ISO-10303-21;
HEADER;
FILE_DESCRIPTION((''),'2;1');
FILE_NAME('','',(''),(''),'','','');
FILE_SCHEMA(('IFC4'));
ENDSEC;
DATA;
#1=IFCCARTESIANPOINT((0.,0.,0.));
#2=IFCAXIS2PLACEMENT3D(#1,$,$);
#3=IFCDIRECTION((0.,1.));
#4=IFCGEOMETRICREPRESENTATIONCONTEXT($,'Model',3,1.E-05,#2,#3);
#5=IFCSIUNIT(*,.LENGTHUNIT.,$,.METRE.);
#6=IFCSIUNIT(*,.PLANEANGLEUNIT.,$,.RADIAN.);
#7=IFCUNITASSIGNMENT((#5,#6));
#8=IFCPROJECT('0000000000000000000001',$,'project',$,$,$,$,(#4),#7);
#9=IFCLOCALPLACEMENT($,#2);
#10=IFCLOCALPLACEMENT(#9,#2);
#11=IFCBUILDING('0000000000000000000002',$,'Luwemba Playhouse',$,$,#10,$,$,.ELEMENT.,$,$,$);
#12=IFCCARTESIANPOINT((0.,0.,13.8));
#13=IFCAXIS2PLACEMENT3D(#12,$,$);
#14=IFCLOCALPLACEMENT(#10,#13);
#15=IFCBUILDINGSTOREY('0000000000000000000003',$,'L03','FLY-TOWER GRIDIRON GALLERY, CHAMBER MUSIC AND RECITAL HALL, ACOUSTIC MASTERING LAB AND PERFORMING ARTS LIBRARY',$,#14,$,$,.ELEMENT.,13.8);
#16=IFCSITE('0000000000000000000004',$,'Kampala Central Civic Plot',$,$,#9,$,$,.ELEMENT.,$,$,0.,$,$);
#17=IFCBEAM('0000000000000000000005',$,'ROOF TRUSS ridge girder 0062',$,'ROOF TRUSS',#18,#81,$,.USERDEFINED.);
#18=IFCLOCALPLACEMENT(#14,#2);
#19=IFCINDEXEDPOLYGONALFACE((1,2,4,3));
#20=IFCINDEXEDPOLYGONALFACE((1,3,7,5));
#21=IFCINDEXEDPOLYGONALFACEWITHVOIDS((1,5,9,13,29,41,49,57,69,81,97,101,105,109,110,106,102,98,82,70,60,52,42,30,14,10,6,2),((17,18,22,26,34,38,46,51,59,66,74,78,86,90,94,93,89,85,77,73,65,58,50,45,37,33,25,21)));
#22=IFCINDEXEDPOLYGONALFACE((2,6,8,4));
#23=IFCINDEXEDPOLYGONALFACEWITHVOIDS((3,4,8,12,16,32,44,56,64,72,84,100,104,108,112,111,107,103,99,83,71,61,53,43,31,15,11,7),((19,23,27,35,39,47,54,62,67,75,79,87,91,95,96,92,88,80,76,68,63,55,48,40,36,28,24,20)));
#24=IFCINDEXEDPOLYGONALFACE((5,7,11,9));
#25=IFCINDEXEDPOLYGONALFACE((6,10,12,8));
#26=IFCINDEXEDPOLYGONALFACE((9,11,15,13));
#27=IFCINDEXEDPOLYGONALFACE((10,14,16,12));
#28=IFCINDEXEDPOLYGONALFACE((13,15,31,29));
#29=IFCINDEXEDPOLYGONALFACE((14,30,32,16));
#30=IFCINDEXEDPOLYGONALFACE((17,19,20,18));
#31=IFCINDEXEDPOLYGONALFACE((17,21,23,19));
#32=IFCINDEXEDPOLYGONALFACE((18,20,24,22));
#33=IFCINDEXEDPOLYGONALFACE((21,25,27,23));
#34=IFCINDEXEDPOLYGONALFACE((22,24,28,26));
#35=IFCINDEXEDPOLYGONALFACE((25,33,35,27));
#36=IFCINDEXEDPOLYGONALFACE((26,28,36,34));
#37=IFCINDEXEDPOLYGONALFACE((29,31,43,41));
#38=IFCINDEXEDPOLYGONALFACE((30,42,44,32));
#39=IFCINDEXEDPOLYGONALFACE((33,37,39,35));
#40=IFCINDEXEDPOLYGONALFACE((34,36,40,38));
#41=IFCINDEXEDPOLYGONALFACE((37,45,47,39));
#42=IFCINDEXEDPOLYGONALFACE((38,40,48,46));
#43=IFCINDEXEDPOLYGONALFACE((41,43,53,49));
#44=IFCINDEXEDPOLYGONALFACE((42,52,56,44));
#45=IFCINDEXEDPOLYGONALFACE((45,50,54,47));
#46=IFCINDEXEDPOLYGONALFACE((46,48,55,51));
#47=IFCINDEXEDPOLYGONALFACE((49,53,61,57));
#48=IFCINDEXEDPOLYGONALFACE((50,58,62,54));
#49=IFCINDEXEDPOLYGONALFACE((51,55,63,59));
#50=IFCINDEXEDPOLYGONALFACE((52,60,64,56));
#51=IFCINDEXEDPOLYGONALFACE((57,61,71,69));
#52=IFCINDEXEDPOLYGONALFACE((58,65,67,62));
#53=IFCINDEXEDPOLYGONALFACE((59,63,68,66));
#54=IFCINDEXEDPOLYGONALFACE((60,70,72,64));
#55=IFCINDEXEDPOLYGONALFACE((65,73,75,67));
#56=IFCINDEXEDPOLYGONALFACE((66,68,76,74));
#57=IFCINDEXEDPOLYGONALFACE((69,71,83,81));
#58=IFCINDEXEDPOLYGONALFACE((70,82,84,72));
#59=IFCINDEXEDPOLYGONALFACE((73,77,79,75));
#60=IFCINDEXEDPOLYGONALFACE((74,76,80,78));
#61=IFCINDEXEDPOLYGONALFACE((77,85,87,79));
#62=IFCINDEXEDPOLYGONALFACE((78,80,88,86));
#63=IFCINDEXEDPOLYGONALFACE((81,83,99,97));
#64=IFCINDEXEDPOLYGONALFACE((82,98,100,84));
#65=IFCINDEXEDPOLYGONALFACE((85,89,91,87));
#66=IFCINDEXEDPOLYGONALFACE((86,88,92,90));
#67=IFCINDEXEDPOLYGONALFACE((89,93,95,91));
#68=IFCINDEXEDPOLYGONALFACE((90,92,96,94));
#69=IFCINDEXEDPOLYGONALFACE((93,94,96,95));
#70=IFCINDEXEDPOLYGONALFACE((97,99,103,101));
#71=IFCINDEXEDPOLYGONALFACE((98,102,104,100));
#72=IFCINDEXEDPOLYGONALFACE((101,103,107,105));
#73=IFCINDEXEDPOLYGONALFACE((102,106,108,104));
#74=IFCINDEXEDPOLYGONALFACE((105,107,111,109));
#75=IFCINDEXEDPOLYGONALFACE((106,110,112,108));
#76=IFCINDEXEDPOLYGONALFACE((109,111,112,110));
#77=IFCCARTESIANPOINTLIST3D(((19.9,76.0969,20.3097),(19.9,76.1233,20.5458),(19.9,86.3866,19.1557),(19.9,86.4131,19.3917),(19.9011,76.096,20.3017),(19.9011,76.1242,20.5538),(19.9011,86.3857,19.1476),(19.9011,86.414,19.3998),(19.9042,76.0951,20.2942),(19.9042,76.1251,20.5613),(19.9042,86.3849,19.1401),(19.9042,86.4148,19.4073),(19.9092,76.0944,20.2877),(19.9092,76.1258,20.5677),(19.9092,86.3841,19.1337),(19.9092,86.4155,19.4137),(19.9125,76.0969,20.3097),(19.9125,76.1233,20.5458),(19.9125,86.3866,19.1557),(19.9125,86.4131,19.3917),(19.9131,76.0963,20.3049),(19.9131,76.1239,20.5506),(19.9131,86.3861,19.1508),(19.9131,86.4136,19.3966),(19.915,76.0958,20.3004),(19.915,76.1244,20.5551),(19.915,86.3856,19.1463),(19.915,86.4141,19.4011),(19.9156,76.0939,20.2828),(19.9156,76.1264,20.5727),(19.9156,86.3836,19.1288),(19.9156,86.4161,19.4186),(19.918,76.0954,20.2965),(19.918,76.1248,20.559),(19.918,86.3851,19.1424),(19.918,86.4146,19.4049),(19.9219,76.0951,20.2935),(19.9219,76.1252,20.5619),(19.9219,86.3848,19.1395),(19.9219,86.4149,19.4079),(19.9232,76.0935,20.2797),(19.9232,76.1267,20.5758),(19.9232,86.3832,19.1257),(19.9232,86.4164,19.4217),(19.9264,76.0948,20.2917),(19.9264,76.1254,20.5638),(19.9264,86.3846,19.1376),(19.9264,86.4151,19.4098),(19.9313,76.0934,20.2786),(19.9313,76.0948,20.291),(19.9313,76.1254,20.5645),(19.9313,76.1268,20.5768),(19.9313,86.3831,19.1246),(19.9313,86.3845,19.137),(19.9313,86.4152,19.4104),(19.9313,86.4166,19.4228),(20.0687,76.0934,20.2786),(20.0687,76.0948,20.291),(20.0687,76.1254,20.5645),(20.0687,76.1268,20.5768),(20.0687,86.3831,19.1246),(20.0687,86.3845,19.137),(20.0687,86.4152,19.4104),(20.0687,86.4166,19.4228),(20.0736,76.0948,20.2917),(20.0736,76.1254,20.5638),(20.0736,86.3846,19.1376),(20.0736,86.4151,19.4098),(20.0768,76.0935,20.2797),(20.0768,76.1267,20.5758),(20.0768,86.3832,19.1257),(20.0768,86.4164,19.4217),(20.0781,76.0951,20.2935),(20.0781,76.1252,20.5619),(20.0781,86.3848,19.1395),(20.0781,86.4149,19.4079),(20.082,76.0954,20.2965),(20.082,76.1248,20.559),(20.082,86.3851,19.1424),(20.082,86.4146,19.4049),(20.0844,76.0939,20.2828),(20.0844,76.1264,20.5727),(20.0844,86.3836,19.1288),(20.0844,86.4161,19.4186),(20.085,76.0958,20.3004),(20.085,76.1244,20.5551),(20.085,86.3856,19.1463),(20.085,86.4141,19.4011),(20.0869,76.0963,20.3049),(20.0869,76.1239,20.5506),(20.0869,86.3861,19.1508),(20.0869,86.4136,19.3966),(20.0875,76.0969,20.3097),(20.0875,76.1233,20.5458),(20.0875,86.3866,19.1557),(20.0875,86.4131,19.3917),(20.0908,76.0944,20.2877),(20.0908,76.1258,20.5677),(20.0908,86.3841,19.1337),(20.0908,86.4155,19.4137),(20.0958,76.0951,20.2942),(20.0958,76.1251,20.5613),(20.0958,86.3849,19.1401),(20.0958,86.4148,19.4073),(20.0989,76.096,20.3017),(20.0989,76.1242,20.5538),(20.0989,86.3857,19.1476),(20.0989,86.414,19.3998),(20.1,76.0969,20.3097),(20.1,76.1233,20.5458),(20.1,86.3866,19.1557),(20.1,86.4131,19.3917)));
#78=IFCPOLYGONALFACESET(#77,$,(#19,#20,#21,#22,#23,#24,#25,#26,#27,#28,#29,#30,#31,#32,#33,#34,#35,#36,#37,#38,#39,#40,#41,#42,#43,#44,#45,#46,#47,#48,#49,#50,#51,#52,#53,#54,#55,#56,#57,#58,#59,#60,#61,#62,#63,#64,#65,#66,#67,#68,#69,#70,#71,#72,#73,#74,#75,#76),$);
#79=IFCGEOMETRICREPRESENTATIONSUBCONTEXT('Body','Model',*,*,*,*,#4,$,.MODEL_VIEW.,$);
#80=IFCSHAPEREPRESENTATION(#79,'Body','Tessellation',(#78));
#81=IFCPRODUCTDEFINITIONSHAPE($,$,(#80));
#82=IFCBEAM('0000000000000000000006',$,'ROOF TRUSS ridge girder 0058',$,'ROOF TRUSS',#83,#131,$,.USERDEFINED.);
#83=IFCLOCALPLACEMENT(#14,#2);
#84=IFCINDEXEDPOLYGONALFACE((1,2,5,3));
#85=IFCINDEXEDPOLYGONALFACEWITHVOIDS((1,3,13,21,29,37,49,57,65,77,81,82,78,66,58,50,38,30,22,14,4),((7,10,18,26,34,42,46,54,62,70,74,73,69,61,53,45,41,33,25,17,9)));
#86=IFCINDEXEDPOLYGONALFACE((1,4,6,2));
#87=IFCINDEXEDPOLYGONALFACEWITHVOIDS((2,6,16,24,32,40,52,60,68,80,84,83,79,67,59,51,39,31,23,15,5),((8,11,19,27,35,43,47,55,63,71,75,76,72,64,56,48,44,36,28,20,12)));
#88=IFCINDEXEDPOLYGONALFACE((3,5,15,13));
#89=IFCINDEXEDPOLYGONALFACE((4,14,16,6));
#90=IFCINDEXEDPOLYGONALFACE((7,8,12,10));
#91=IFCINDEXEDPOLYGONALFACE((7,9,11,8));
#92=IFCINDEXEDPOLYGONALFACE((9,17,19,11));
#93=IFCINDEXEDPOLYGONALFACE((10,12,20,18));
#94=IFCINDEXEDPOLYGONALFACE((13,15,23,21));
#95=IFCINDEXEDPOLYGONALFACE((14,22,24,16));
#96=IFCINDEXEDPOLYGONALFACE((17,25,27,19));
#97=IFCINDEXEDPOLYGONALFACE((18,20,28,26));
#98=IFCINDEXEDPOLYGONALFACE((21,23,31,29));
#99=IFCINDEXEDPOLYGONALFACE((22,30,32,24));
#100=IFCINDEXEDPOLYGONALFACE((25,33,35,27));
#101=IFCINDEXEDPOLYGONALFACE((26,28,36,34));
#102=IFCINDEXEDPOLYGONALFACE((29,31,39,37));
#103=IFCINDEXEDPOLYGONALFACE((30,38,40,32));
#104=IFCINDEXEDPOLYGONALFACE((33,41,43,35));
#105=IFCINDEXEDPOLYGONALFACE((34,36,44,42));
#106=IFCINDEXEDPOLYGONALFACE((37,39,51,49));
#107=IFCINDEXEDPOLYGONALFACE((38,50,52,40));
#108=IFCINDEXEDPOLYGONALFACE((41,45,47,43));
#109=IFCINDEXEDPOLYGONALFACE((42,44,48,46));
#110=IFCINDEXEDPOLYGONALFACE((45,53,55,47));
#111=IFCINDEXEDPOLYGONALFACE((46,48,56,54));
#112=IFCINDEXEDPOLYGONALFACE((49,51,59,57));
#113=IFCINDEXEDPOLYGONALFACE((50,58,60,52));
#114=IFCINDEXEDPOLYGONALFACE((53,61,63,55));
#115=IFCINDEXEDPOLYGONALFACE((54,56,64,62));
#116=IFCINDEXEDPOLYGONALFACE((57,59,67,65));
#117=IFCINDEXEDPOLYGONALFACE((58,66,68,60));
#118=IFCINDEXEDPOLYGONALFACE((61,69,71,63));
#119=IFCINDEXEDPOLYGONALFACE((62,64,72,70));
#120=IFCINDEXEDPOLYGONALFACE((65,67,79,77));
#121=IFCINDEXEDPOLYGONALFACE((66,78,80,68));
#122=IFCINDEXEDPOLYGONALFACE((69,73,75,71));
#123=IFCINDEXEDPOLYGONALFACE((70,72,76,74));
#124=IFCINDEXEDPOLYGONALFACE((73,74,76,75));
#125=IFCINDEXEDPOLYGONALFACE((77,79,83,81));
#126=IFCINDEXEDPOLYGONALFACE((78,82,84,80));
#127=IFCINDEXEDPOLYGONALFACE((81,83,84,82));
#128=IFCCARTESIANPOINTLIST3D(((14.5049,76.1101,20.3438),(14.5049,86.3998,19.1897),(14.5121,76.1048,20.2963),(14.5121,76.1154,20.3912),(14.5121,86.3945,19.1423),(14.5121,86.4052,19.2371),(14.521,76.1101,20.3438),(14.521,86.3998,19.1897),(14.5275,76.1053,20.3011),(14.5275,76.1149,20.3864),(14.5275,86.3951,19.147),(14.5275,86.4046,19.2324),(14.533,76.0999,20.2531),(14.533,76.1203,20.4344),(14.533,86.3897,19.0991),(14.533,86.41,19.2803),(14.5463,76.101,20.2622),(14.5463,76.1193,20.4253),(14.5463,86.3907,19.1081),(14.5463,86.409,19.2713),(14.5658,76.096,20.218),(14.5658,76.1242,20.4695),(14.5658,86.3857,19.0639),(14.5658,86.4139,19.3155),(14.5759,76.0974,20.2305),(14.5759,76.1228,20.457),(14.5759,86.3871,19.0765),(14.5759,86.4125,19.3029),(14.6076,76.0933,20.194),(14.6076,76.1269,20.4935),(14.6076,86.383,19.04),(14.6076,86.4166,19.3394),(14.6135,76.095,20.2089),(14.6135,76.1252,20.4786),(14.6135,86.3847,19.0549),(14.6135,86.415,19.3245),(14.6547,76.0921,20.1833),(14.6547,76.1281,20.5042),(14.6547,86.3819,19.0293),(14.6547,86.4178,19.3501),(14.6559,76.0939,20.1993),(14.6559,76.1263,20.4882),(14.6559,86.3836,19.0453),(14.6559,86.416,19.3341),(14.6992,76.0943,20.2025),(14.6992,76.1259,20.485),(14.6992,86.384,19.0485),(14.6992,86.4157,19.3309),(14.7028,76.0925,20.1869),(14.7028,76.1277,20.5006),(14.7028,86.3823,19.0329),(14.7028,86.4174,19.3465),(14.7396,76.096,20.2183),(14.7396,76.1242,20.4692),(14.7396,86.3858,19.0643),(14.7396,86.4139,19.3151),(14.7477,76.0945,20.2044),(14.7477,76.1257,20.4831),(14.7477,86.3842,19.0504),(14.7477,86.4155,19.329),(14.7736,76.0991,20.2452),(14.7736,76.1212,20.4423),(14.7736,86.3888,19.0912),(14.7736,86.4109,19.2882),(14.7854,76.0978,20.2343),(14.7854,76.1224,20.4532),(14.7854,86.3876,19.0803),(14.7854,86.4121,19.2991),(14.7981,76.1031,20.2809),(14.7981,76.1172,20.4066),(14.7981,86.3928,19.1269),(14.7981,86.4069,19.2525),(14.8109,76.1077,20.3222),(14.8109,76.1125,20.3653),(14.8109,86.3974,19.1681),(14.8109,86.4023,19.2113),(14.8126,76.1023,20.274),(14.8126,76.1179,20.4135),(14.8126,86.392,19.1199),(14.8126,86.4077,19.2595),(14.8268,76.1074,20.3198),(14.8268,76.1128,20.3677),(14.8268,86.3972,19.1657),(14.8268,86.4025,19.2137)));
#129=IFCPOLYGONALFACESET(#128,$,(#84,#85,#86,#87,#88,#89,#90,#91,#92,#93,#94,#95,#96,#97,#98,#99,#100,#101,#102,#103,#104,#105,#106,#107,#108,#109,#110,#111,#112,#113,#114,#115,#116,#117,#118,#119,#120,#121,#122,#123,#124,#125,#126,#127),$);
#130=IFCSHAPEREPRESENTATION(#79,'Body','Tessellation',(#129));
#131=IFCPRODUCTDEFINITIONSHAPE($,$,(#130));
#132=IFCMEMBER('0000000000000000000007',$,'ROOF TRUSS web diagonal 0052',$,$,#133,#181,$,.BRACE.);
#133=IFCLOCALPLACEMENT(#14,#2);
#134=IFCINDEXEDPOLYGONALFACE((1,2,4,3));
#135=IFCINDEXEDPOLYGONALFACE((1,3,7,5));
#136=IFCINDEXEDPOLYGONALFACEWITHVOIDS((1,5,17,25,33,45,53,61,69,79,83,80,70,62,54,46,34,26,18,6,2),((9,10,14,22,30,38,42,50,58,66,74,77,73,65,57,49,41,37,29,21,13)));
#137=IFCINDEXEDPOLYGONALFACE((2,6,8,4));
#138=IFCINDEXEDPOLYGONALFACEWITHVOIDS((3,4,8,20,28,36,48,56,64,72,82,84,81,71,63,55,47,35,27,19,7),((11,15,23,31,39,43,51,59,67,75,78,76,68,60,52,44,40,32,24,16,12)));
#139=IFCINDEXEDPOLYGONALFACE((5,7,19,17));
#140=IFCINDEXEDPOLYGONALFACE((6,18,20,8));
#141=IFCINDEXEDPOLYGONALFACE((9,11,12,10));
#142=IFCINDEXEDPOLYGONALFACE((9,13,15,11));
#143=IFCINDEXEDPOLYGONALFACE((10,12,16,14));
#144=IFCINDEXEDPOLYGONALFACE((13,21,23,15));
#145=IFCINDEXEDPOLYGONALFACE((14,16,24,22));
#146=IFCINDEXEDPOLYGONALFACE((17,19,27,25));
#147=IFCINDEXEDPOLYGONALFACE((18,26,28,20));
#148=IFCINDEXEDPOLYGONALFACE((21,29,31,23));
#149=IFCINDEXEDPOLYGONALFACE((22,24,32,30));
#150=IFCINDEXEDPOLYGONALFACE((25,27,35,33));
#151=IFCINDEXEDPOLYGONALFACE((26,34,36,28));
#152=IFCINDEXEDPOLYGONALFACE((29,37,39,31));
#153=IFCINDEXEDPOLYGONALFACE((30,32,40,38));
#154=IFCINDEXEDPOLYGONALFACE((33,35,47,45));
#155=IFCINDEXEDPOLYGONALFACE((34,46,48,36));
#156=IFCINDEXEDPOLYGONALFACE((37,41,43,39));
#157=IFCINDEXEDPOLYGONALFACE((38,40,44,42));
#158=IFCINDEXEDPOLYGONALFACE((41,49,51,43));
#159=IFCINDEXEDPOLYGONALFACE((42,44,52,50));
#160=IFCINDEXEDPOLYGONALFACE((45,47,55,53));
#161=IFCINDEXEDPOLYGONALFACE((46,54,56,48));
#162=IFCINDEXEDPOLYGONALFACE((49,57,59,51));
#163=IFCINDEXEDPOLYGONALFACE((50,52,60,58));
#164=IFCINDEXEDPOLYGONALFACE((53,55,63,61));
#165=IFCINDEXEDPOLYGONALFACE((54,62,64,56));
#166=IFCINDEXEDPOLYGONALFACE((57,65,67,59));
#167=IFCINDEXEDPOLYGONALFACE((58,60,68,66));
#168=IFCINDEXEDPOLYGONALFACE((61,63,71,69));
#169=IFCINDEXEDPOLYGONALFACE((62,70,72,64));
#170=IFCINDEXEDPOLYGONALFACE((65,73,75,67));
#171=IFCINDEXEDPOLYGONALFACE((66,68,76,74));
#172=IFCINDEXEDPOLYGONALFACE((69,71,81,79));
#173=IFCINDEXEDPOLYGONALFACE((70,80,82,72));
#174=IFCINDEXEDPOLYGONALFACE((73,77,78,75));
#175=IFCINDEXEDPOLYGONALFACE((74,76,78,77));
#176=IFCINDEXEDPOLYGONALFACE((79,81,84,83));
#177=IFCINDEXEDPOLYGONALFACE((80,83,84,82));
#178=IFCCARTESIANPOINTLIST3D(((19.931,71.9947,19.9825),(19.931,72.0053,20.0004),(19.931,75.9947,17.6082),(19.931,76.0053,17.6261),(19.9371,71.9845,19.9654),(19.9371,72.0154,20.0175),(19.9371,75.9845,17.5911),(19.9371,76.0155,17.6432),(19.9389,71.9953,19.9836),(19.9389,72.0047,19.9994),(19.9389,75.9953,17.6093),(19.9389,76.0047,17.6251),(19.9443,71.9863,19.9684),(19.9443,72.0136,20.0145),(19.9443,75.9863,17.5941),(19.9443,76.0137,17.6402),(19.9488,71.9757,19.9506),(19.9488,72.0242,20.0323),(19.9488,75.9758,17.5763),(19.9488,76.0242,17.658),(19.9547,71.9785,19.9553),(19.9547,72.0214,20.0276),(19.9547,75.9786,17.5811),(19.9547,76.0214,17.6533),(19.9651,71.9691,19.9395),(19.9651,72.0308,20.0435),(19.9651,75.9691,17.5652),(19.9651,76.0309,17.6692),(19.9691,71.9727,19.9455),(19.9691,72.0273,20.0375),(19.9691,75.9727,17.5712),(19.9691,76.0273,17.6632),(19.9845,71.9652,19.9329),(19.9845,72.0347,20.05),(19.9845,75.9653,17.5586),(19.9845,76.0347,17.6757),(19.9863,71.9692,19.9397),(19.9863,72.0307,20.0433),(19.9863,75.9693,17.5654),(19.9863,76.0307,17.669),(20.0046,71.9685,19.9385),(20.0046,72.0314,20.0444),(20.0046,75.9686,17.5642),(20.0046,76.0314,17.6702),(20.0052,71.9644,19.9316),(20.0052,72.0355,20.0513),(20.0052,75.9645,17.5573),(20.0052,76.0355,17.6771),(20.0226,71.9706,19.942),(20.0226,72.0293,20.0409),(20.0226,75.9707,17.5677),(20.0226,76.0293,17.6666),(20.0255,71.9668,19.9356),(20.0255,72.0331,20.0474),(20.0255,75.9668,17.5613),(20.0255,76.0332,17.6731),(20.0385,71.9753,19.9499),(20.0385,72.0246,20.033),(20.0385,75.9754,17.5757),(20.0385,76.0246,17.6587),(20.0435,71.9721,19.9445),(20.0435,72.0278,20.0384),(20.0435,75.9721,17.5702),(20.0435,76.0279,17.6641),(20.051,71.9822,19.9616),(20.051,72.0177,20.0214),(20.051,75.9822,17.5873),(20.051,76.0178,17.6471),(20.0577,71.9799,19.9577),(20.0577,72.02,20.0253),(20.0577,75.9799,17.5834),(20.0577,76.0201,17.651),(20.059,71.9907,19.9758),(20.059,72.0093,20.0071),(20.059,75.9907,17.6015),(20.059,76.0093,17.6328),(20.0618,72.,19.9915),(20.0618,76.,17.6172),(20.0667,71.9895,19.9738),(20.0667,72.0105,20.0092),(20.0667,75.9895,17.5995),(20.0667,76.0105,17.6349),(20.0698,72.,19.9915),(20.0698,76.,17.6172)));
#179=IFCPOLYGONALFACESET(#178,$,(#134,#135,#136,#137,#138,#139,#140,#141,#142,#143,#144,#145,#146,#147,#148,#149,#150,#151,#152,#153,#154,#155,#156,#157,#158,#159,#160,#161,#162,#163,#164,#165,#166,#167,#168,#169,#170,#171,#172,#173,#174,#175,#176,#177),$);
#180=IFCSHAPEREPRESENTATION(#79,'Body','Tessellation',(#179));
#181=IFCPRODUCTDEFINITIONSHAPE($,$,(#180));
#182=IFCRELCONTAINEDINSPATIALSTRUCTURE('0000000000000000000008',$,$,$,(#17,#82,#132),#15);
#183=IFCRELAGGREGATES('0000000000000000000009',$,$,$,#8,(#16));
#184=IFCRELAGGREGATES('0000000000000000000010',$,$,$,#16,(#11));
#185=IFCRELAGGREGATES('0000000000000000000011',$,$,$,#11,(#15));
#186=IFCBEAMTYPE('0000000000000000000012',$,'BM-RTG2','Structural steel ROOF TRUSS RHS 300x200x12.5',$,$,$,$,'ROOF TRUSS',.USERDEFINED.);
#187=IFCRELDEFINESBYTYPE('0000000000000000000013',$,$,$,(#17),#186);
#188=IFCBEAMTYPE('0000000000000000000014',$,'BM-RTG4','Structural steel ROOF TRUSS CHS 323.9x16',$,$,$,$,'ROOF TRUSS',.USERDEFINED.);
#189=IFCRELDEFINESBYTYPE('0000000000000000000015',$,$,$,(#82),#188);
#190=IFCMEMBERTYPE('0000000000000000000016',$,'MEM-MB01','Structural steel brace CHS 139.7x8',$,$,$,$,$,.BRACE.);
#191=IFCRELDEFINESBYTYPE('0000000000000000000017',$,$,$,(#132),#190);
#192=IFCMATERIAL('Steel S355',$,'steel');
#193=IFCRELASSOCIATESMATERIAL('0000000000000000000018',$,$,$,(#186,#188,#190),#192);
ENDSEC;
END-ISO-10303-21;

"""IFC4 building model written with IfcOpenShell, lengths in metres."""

from ifc_helpers import new_model, si_unit, direction, frame, origin, origin_2d, place, context, subcontext, project, spatial, hollow_rectangle, hollow_circle, extrude, material, material_profile, profile_set, type_object, element, save


model = new_model("IFC4")

# Units and contexts
model_context = context("Model", 3, precision=1e-05, world=origin(), true_north=direction((0.0, 1.0)))
body_context = subcontext(model_context, "Body", "Model", "MODEL_VIEW")
ifc_project = project(units=[si_unit("LENGTHUNIT", "METRE"), si_unit("PLANEANGLEUNIT", "RADIAN")], contexts=[model_context])

# Site, building, storey
site_placement = place(None, origin())
site = spatial("IfcSite", under=ifc_project, at=site_placement, Name="Kampala Central Civic Plot", CompositionType="ELEMENT", RefElevation=0.0)
building_placement = place(site_placement, origin())
building = spatial("IfcBuilding", under=site, at=building_placement, Name="Luwemba Playhouse", CompositionType="ELEMENT")
storey_placement = place(building_placement, frame((0.0, 0.0, 13.8)))
storey = spatial("IfcBuildingStorey", under=building, at=storey_placement, Name="L03", Description="FLY-TOWER GRIDIRON GALLERY, CHAMBER MUSIC AND RECITAL HALL, ACOUSTIC MASTERING LAB AND PERFORMING ARTS LIBRARY", CompositionType="ELEMENT", Elevation=13.8)

# Beams
ifc_material_1 = material(Name="Steel S355", Category="steel")
ifc_material_profile_1 = material_profile(ifc_material_1, hollow_rectangle(XDim=0.2, YDim=0.3, WallThickness=0.0125, InnerFilletRadius=0.0188, OuterFilletRadius=0.0312, at=origin_2d()))
ifc_profile_set_1 = profile_set([ifc_material_profile_1], Name="Steel S355")
beam_type_1 = type_object("IfcBeamType", Name="BM-RTG2", Description="Structural steel ROOF TRUSS RHS 300x200x12.5", ElementType="ROOF TRUSS", PredefinedType="USERDEFINED", material=ifc_profile_set_1)
beam_1_placement = place(storey_placement, frame((20.0, 76.1101, 20.4277), z_axis=(0.0, 0.993769, -0.111456), x_axis=(-1.0, 0.0, 0.0)))
element("IfcBeam", 1, at=beam_1_placement, inside=storey, type_object=beam_type_1, Name="ROOF TRUSS ridge girder 0062", ObjectType="ROOF TRUSS", PredefinedType="USERDEFINED", context=body_context, shape_type="SweptSolid", body=[
    extrude(hollow_rectangle(XDim=0.2, YDim=0.3, WallThickness=0.0125, InnerFilletRadius=0.0188, OuterFilletRadius=0.0312, at=origin_2d()), origin(), (0.0, 0.0, 1.0), 10.3542),
])
ifc_material_profile_2 = material_profile(ifc_material_1, hollow_circle(Radius=0.1619, WallThickness=0.0161, at=origin_2d()))
ifc_profile_set_2 = profile_set([ifc_material_profile_2], Name="Steel S355")
beam_type_2 = type_object("IfcBeamType", Name="BM-RTG4", Description="Structural steel ROOF TRUSS CHS 323.9x16", ElementType="ROOF TRUSS", PredefinedType="USERDEFINED", material=ifc_profile_set_2)
beam_2_placement = place(storey_placement, frame((14.6667, 76.1101, 20.3438), z_axis=(0.0, 0.993769, -0.111456), x_axis=(-1.0, 0.0, 0.0)))
element("IfcBeam", 2, at=beam_2_placement, inside=storey, type_object=beam_type_2, Name="ROOF TRUSS ridge girder 0058", ObjectType="ROOF TRUSS", PredefinedType="USERDEFINED", context=body_context, shape_type="SweptSolid", body=[
    extrude(hollow_circle(Radius=0.1619, WallThickness=0.0161, at=origin_2d()), origin(), (0.0, 0.0, 1.0), 10.3542),
])

# Member
ifc_material_profile_3 = material_profile(ifc_material_1, hollow_circle(Radius=0.0698, WallThickness=0.0081, at=origin_2d()))
ifc_profile_set_3 = profile_set([ifc_material_profile_3], Name="Steel S355")
member_type_1 = type_object("IfcMemberType", Name="MEM-MB01", Description="Structural steel brace CHS 139.7x8", PredefinedType="BRACE", material=ifc_profile_set_3)
for number, where, z_axis, x_axis, name in (
    (3, (20.0, 76.0, 17.6172), (0.0, -0.859924, 0.510422), (1.0, 0.0, 0.0), "ROOF TRUSS web diagonal 0052"),
):
    element("IfcMember", number, at=place(storey_placement, frame(where, z_axis=z_axis, x_axis=x_axis)), inside=storey, type_object=member_type_1, Name=name, PredefinedType="BRACE", context=body_context, shape_type="SweptSolid", body=[
        extrude(hollow_circle(Radius=0.0698, WallThickness=0.0081, at=origin_2d()), origin(), (0.0, 0.0, 1.0), 4.6516),
    ])

save(model, "model.ifc")
